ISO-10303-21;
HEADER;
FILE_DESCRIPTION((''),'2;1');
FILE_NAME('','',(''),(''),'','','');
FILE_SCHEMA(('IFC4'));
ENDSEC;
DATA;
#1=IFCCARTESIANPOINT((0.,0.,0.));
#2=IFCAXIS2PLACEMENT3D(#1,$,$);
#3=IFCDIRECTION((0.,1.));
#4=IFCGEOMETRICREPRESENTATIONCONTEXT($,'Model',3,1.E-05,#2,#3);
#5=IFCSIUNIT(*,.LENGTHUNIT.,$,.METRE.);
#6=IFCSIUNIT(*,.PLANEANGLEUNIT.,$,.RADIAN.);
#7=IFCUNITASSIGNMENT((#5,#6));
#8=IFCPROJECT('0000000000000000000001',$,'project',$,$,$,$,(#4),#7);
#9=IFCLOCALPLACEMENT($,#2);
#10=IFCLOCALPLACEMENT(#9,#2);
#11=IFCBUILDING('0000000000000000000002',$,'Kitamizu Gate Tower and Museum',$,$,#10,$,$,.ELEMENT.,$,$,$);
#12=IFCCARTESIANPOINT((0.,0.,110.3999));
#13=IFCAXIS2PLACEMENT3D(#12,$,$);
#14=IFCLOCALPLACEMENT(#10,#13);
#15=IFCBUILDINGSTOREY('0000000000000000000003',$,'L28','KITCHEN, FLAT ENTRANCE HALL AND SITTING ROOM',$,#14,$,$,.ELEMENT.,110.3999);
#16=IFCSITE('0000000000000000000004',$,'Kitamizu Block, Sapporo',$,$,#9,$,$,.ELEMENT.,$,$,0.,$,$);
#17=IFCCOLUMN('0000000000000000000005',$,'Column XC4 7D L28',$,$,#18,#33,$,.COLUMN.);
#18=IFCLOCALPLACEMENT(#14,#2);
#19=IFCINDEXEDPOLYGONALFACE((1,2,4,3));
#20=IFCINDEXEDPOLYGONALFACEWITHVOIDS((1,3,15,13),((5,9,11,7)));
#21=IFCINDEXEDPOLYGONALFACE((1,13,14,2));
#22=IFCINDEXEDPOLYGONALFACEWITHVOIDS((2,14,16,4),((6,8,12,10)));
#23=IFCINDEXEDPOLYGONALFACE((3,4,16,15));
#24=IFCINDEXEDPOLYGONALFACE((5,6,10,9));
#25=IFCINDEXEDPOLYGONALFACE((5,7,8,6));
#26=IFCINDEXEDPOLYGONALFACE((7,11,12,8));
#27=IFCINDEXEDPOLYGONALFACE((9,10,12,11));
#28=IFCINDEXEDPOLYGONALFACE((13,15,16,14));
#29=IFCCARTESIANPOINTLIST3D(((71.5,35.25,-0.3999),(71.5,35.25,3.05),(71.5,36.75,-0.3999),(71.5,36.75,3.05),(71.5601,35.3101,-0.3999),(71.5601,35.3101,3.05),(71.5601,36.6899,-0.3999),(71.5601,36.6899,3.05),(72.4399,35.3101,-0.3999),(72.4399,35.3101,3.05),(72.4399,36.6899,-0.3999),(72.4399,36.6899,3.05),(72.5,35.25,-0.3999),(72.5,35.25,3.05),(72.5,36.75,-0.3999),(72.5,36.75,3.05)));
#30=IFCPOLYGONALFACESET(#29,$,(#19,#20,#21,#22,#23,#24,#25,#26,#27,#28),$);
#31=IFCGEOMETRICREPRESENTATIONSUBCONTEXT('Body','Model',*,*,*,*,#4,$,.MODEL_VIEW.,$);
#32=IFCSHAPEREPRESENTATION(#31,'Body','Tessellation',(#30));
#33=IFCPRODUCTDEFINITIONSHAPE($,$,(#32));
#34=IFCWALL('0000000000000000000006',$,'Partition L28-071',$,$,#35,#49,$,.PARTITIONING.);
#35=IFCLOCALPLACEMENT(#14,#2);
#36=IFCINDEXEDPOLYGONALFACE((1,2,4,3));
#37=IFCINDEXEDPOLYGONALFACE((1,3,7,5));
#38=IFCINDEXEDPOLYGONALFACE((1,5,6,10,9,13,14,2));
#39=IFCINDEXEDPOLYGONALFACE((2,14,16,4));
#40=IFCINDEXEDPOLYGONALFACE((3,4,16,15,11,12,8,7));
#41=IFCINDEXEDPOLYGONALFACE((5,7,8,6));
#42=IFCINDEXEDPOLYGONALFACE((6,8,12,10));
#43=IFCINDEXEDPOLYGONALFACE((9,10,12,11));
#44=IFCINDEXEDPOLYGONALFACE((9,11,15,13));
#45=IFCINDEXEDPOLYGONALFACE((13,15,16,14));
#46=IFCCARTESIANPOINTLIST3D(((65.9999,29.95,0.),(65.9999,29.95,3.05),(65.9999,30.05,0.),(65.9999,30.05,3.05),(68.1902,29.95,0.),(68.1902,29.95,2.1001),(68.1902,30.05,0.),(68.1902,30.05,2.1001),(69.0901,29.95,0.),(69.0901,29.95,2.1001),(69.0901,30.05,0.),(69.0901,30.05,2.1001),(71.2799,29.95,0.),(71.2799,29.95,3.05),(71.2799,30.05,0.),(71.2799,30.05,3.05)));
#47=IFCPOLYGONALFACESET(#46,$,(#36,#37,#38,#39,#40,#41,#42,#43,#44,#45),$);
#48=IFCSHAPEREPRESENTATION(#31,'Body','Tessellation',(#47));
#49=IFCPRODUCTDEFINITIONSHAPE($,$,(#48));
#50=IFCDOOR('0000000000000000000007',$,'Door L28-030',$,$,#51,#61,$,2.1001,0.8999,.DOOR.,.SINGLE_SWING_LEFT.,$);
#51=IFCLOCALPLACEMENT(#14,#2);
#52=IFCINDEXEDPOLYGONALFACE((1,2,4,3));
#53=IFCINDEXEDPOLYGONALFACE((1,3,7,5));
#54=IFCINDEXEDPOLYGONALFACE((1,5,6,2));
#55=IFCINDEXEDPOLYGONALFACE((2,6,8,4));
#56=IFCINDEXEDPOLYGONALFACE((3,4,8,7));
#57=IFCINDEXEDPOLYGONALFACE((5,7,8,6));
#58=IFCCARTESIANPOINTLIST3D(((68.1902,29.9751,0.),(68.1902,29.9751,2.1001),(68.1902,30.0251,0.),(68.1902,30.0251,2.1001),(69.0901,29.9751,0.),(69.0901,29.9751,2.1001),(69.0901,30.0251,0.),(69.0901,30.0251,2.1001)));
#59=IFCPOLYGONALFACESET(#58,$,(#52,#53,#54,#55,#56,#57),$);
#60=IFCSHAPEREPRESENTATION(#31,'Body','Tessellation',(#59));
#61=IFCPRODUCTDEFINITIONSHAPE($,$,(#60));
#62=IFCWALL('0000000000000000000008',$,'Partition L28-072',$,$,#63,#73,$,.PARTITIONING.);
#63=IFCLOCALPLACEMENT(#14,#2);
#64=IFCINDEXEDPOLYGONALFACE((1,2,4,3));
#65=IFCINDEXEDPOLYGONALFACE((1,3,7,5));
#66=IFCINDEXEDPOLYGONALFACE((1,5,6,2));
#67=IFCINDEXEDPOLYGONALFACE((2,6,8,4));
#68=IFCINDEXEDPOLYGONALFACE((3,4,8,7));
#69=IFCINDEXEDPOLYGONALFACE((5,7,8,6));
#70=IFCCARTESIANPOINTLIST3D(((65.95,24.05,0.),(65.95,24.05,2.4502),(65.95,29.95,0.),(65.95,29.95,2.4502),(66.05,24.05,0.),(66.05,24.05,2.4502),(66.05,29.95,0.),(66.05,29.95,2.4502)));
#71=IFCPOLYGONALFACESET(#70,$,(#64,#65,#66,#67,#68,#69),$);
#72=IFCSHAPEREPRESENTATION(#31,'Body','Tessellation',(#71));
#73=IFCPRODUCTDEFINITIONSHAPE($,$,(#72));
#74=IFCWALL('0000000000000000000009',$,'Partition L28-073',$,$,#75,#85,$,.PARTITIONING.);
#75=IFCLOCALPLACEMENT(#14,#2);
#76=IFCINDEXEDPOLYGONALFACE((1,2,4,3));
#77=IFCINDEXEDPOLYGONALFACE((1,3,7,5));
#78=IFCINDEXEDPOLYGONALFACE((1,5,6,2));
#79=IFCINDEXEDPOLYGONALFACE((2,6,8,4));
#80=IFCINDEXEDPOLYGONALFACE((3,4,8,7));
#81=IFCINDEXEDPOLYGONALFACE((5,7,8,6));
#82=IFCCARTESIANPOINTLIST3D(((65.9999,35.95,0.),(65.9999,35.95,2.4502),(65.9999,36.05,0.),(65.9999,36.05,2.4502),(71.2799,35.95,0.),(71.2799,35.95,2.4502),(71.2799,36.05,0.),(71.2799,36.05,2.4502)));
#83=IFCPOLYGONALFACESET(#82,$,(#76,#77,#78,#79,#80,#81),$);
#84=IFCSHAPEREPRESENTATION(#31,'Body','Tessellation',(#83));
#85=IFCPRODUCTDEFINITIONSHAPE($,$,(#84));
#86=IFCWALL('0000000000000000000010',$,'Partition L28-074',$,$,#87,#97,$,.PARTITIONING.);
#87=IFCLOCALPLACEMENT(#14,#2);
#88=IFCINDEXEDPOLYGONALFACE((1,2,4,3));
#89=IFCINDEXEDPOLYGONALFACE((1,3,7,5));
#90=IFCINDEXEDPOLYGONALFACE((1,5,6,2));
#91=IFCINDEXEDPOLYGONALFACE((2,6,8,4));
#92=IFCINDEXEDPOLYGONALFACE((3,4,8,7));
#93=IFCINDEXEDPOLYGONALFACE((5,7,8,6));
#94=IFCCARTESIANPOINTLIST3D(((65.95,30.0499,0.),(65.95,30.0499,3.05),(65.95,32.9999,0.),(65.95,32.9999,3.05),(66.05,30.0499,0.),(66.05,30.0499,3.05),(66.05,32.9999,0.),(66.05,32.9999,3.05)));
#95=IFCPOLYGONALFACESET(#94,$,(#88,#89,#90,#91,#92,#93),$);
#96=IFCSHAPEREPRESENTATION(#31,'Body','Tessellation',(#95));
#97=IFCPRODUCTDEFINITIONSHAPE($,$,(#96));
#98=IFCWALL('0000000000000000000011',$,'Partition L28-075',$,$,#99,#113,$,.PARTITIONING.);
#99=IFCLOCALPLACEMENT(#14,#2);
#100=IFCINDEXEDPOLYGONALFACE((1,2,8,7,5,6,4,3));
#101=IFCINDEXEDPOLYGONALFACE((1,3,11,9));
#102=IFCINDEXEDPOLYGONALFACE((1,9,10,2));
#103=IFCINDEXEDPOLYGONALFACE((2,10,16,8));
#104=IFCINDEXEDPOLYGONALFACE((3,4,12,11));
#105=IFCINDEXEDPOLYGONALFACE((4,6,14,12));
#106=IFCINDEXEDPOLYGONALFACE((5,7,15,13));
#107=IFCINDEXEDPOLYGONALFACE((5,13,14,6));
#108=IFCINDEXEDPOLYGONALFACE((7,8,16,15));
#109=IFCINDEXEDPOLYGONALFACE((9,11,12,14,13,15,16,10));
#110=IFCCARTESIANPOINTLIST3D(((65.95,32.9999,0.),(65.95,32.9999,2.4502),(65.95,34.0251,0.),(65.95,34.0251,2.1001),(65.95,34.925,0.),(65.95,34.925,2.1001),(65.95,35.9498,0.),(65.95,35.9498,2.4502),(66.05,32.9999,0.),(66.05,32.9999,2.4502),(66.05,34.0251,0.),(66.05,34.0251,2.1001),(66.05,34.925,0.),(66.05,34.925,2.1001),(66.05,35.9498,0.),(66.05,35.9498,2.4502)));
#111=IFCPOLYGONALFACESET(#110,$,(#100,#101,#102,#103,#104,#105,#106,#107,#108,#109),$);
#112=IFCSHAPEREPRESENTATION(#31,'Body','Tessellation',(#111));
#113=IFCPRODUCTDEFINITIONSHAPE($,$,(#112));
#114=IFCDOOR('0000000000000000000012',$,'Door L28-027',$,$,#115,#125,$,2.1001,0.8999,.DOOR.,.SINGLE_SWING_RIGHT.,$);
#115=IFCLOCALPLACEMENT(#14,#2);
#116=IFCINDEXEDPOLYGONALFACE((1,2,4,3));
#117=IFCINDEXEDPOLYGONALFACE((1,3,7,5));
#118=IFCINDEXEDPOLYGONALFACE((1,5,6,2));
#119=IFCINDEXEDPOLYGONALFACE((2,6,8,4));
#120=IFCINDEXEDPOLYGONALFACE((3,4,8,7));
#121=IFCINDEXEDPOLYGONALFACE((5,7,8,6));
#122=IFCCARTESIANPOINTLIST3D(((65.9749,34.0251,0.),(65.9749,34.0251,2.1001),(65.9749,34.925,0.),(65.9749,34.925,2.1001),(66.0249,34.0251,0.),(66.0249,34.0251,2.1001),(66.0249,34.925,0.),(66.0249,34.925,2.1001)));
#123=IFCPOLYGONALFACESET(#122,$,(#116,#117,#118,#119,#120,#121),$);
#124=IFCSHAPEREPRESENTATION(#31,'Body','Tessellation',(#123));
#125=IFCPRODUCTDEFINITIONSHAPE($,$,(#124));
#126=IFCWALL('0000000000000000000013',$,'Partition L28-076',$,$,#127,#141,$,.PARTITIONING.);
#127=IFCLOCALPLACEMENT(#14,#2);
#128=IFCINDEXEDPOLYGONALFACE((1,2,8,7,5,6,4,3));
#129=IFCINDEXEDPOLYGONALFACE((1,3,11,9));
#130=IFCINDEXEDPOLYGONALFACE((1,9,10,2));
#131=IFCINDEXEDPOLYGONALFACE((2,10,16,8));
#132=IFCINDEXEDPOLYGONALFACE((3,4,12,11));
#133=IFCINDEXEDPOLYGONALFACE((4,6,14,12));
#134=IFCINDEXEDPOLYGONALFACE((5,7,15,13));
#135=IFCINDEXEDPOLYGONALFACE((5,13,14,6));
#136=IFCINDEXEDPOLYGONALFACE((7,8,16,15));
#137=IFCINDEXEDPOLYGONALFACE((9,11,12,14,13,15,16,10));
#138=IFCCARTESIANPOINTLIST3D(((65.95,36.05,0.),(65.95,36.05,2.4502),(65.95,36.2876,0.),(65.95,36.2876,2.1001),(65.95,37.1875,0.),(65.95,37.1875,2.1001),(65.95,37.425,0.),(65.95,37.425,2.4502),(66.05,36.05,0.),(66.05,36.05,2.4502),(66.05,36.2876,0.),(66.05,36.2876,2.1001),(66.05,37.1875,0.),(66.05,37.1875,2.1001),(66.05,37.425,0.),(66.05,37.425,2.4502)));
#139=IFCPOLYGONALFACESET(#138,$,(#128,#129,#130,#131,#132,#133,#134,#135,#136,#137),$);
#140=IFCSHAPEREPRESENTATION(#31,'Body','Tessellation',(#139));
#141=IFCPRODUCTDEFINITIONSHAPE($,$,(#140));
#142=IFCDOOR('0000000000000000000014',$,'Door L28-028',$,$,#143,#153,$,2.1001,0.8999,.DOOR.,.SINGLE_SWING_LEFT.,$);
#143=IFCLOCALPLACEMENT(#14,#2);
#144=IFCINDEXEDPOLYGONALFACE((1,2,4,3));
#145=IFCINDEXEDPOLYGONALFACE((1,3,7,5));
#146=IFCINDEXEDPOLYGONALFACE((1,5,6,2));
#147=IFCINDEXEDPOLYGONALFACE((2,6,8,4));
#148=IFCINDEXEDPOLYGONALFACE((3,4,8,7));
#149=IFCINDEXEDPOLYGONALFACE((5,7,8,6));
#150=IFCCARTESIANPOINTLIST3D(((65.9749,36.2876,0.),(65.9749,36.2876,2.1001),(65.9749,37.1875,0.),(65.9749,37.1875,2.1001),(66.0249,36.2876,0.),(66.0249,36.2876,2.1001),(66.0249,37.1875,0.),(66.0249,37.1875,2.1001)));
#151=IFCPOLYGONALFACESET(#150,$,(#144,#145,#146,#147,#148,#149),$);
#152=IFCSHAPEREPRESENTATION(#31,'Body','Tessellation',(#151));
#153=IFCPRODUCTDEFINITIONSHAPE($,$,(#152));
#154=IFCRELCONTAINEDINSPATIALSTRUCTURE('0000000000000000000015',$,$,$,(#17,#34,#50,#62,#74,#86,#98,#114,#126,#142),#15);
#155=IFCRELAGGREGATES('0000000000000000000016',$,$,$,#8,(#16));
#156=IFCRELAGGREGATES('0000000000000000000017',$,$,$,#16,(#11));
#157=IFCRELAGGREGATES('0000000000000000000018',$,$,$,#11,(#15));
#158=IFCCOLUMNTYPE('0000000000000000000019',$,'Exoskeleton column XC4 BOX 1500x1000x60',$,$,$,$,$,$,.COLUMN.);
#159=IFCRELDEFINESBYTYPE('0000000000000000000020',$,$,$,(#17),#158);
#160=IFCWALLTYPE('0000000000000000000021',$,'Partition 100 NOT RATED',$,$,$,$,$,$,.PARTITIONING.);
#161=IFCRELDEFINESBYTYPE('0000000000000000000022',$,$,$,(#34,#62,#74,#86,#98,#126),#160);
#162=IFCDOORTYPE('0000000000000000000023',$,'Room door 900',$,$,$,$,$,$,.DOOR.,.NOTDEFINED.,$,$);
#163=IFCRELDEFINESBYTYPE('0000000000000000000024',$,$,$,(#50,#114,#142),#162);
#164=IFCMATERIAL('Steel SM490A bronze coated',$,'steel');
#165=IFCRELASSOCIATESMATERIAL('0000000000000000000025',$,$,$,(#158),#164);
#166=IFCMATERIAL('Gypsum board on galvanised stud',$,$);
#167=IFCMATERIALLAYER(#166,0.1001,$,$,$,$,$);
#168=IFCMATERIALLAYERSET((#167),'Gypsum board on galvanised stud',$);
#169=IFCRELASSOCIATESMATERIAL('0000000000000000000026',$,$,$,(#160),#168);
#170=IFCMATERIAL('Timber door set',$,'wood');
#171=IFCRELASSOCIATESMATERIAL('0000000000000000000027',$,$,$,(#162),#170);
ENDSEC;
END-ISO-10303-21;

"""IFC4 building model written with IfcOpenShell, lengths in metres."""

from ifc_helpers import new_model, si_unit, direction, frame, frame_2d, origin, origin_2d, place, context, subcontext, project, spatial, rectangle, hollow_rectangle, extrude, material, layer, layer_set, material_profile, profile_set, type_object, element, fill, save


model = new_model("IFC4")

# Units and contexts
model_context = context("Model", 3, precision=1e-05, world=origin(), true_north=direction((0.0, 1.0)))
body_context = subcontext(model_context, "Body", "Model", "MODEL_VIEW")
ifc_project = project(units=[si_unit("LENGTHUNIT", "METRE"), si_unit("PLANEANGLEUNIT", "RADIAN")], contexts=[model_context])

# Site, building, storey
site_placement = place(None, origin())
site = spatial("IfcSite", under=ifc_project, at=site_placement, Name="Kitamizu Block, Sapporo", CompositionType="ELEMENT", RefElevation=0.0)
building_placement = place(site_placement, origin())
building = spatial("IfcBuilding", under=site, at=building_placement, Name="Kitamizu Gate Tower and Museum", CompositionType="ELEMENT")
storey_placement = place(building_placement, frame((0.0, 0.0, 110.3999)))
storey = spatial("IfcBuildingStorey", under=building, at=storey_placement, Name="L28", Description="KITCHEN, FLAT ENTRANCE HALL AND SITTING ROOM", CompositionType="ELEMENT", Elevation=110.3999)

# Column
ifc_material_1 = material(Name="Steel SM490A bronze coated", Category="steel")
ifc_material_profile = material_profile(ifc_material_1, hollow_rectangle(XDim=1.5, YDim=1.0, WallThickness=0.0601, at=origin_2d()), Name="BOX 1500x1000x60")
ifc_profile_set = profile_set([ifc_material_profile], Name="Steel SM490A bronze coated")
column_type = type_object("IfcColumnType", Name="Exoskeleton column XC4 BOX 1500x1000x60", PredefinedType="COLUMN", material=ifc_profile_set)
column_placement = place(storey_placement, frame((72.0, 36.0, -0.3999), z_axis=(0.0, 0.0, 1.0), x_axis=(0.0, 1.0, 0.0)))
element("IfcColumn", 1, at=column_placement, inside=storey, type_object=column_type, Name="Column XC4 7D L28", PredefinedType="COLUMN", context=body_context, shape_type="SweptSolid", body=[
    extrude(hollow_rectangle(XDim=1.5, YDim=1.0, WallThickness=0.0601, at=origin_2d()), origin(), (0.0, 0.0, 1.0), 3.45),
])

# Wall, opening, door
ifc_material_2 = material(Name="Gypsum board on galvanised stud")
ifc_layer_1 = layer(ifc_material_2, 0.1001)
ifc_layer_set_1 = layer_set([ifc_layer_1], Name="Gypsum board on galvanised stud")
wall_type_1 = type_object("IfcWallType", Name="Partition 100 NOT RATED", PredefinedType="PARTITIONING", material=ifc_layer_set_1)
wall_1_placement = place(storey_placement, frame((71.28, 30.0, 0.0), z_axis=(0.0, 0.0, 1.0), x_axis=(-1.0, 0.0, 0.0)))
wall_1 = element("IfcWall", 2, at=wall_1_placement, inside=storey, type_object=wall_type_1, Name="Partition L28-071", PredefinedType="PARTITIONING", context=body_context, shape_type="SweptSolid", body=[
    extrude(rectangle(XDim=5.28, YDim=0.1001, at=frame_2d((2.6401, 0.0))), origin(), (0.0, 0.0, 1.0), 3.05),
])
opening_1_placement = place(wall_1_placement, frame((2.1899, 0.0, 0.0)))
opening_1 = element("IfcOpeningElement", 3, at=opening_1_placement, cuts=wall_1, PredefinedType="OPENING", context=body_context, shape_type="SweptSolid", body=[
    extrude(rectangle(XDim=0.8999, YDim=2.1001, at=frame_2d((0.45, 1.05))), frame((0.0, 0.0601, 0.0), z_axis=(0.0, -1.0, 0.0), x_axis=(1.0, 0.0, 0.0)), (0.0, 0.0, 1.0), 0.1201),
])
ifc_material_3 = material(Name="Timber door set", Category="wood")
door_type_1 = type_object("IfcDoorType", Name="Room door 900", OperationType="NOTDEFINED", PredefinedType="DOOR", material=ifc_material_3)
door_1_placement = place(opening_1_placement, origin())
door_1 = element("IfcDoor", 4, at=door_1_placement, inside=storey, type_object=door_type_1, Name="Door L28-030", OperationType="SINGLE_SWING_LEFT", OverallHeight=2.1001, OverallWidth=0.8999, PredefinedType="DOOR", context=body_context, shape_type="SweptSolid", body=[
    extrude(rectangle(XDim=0.8999, YDim=2.1001, at=frame_2d((0.45, 1.05))), frame((0.0, 0.0249, 0.0), z_axis=(0.0, -1.0, 0.0), x_axis=(1.0, 0.0, 0.0)), (0.0, 0.0, 1.0), 0.05),
])
fill(opening_1, door_1)

# Walls
wall_2_placement = place(storey_placement, frame((66.0, 29.95, 0.0), z_axis=(0.0, 0.0, 1.0), x_axis=(0.0, -1.0, 0.0)))
element("IfcWall", 5, at=wall_2_placement, inside=storey, type_object=wall_type_1, Name="Partition L28-072", PredefinedType="PARTITIONING", context=body_context, shape_type="SweptSolid", body=[
    extrude(rectangle(XDim=5.8999, YDim=0.1001, at=frame_2d((2.95, 0.0))), origin(), (0.0, 0.0, 1.0), 2.4502),
])
wall_3_placement = place(storey_placement, frame((71.28, 36.0, 0.0), z_axis=(0.0, 0.0, 1.0), x_axis=(-1.0, 0.0, 0.0)))
element("IfcWall", 6, at=wall_3_placement, inside=storey, type_object=wall_type_1, Name="Partition L28-073", PredefinedType="PARTITIONING", context=body_context, shape_type="SweptSolid", body=[
    extrude(rectangle(XDim=5.28, YDim=0.1001, at=frame_2d((2.6401, 0.0))), origin(), (0.0, 0.0, 1.0), 2.4502),
])
wall_4_placement = place(storey_placement, frame((66.0, 33.0, 0.0), z_axis=(0.0, 0.0, 1.0), x_axis=(0.0, -1.0, 0.0)))
element("IfcWall", 7, at=wall_4_placement, inside=storey, type_object=wall_type_1, Name="Partition L28-074", PredefinedType="PARTITIONING", context=body_context, shape_type="SweptSolid", body=[
    extrude(rectangle(XDim=2.95, YDim=0.1001, at=frame_2d((1.4751, 0.0))), origin(), (0.0, 0.0, 1.0), 3.05),
])

# Walls, openings, doors
wall_5_placement = place(storey_placement, frame((66.0, 35.95, 0.0), z_axis=(0.0, 0.0, 1.0), x_axis=(0.0, -1.0, 0.0)))
wall_5 = element("IfcWall", 8, at=wall_5_placement, inside=storey, type_object=wall_type_1, Name="Partition L28-075", PredefinedType="PARTITIONING", context=body_context, shape_type="SweptSolid", body=[
    extrude(rectangle(XDim=2.95, YDim=0.1001, at=frame_2d((1.4751, 0.0))), origin(), (0.0, 0.0, 1.0), 2.4502),
])
opening_2_placement = place(wall_5_placement, frame((1.0249, 0.0, 0.0)))
opening_2 = element("IfcOpeningElement", 9, at=opening_2_placement, cuts=wall_5, PredefinedType="OPENING", context=body_context, shape_type="SweptSolid", body=[
    extrude(rectangle(XDim=0.8999, YDim=2.1001, at=frame_2d((0.45, 1.05))), frame((0.0, 0.0601, 0.0), z_axis=(0.0, -1.0, 0.0), x_axis=(1.0, 0.0, 0.0)), (0.0, 0.0, 1.0), 0.1201),
])
door_2_placement = place(opening_2_placement, origin())
door_2 = element("IfcDoor", 10, at=door_2_placement, inside=storey, type_object=door_type_1, Name="Door L28-027", OperationType="SINGLE_SWING_RIGHT", OverallHeight=2.1001, OverallWidth=0.8999, PredefinedType="DOOR", context=body_context, shape_type="SweptSolid", body=[
    extrude(rectangle(XDim=0.8999, YDim=2.1001, at=frame_2d((0.45, 1.05))), frame((0.0, 0.0249, 0.0), z_axis=(0.0, -1.0, 0.0), x_axis=(1.0, 0.0, 0.0)), (0.0, 0.0, 1.0), 0.05),
])
fill(opening_2, door_2)
wall_6_placement = place(storey_placement, frame((66.0, 37.425, 0.0), z_axis=(0.0, 0.0, 1.0), x_axis=(0.0, -1.0, 0.0)))
wall_6 = element("IfcWall", 11, at=wall_6_placement, inside=storey, type_object=wall_type_1, Name="Partition L28-076", PredefinedType="PARTITIONING", context=body_context, shape_type="SweptSolid", body=[
    extrude(rectangle(XDim=1.375, YDim=0.1001, at=frame_2d((0.6875, 0.0))), origin(), (0.0, 0.0, 1.0), 2.4502),
])
opening_3_placement = place(wall_6_placement, frame((0.2375, 0.0, 0.0)))
opening_3 = element("IfcOpeningElement", 12, at=opening_3_placement, cuts=wall_6, PredefinedType="OPENING", context=body_context, shape_type="SweptSolid", body=[
    extrude(rectangle(XDim=0.8999, YDim=2.1001, at=frame_2d((0.45, 1.05))), frame((0.0, 0.0601, 0.0), z_axis=(0.0, -1.0, 0.0), x_axis=(1.0, 0.0, 0.0)), (0.0, 0.0, 1.0), 0.1201),
])
door_3_placement = place(opening_3_placement, origin())
door_3 = element("IfcDoor", 13, at=door_3_placement, inside=storey, type_object=door_type_1, Name="Door L28-028", OperationType="SINGLE_SWING_LEFT", OverallHeight=2.1001, OverallWidth=0.8999, PredefinedType="DOOR", context=body_context, shape_type="SweptSolid", body=[
    extrude(rectangle(XDim=0.8999, YDim=2.1001, at=frame_2d((0.45, 1.05))), frame((0.0, 0.0249, 0.0), z_axis=(0.0, -1.0, 0.0), x_axis=(1.0, 0.0, 0.0)), (0.0, 0.0, 1.0), 0.05),
])
fill(opening_3, door_3)

save(model, "model.ifc")
